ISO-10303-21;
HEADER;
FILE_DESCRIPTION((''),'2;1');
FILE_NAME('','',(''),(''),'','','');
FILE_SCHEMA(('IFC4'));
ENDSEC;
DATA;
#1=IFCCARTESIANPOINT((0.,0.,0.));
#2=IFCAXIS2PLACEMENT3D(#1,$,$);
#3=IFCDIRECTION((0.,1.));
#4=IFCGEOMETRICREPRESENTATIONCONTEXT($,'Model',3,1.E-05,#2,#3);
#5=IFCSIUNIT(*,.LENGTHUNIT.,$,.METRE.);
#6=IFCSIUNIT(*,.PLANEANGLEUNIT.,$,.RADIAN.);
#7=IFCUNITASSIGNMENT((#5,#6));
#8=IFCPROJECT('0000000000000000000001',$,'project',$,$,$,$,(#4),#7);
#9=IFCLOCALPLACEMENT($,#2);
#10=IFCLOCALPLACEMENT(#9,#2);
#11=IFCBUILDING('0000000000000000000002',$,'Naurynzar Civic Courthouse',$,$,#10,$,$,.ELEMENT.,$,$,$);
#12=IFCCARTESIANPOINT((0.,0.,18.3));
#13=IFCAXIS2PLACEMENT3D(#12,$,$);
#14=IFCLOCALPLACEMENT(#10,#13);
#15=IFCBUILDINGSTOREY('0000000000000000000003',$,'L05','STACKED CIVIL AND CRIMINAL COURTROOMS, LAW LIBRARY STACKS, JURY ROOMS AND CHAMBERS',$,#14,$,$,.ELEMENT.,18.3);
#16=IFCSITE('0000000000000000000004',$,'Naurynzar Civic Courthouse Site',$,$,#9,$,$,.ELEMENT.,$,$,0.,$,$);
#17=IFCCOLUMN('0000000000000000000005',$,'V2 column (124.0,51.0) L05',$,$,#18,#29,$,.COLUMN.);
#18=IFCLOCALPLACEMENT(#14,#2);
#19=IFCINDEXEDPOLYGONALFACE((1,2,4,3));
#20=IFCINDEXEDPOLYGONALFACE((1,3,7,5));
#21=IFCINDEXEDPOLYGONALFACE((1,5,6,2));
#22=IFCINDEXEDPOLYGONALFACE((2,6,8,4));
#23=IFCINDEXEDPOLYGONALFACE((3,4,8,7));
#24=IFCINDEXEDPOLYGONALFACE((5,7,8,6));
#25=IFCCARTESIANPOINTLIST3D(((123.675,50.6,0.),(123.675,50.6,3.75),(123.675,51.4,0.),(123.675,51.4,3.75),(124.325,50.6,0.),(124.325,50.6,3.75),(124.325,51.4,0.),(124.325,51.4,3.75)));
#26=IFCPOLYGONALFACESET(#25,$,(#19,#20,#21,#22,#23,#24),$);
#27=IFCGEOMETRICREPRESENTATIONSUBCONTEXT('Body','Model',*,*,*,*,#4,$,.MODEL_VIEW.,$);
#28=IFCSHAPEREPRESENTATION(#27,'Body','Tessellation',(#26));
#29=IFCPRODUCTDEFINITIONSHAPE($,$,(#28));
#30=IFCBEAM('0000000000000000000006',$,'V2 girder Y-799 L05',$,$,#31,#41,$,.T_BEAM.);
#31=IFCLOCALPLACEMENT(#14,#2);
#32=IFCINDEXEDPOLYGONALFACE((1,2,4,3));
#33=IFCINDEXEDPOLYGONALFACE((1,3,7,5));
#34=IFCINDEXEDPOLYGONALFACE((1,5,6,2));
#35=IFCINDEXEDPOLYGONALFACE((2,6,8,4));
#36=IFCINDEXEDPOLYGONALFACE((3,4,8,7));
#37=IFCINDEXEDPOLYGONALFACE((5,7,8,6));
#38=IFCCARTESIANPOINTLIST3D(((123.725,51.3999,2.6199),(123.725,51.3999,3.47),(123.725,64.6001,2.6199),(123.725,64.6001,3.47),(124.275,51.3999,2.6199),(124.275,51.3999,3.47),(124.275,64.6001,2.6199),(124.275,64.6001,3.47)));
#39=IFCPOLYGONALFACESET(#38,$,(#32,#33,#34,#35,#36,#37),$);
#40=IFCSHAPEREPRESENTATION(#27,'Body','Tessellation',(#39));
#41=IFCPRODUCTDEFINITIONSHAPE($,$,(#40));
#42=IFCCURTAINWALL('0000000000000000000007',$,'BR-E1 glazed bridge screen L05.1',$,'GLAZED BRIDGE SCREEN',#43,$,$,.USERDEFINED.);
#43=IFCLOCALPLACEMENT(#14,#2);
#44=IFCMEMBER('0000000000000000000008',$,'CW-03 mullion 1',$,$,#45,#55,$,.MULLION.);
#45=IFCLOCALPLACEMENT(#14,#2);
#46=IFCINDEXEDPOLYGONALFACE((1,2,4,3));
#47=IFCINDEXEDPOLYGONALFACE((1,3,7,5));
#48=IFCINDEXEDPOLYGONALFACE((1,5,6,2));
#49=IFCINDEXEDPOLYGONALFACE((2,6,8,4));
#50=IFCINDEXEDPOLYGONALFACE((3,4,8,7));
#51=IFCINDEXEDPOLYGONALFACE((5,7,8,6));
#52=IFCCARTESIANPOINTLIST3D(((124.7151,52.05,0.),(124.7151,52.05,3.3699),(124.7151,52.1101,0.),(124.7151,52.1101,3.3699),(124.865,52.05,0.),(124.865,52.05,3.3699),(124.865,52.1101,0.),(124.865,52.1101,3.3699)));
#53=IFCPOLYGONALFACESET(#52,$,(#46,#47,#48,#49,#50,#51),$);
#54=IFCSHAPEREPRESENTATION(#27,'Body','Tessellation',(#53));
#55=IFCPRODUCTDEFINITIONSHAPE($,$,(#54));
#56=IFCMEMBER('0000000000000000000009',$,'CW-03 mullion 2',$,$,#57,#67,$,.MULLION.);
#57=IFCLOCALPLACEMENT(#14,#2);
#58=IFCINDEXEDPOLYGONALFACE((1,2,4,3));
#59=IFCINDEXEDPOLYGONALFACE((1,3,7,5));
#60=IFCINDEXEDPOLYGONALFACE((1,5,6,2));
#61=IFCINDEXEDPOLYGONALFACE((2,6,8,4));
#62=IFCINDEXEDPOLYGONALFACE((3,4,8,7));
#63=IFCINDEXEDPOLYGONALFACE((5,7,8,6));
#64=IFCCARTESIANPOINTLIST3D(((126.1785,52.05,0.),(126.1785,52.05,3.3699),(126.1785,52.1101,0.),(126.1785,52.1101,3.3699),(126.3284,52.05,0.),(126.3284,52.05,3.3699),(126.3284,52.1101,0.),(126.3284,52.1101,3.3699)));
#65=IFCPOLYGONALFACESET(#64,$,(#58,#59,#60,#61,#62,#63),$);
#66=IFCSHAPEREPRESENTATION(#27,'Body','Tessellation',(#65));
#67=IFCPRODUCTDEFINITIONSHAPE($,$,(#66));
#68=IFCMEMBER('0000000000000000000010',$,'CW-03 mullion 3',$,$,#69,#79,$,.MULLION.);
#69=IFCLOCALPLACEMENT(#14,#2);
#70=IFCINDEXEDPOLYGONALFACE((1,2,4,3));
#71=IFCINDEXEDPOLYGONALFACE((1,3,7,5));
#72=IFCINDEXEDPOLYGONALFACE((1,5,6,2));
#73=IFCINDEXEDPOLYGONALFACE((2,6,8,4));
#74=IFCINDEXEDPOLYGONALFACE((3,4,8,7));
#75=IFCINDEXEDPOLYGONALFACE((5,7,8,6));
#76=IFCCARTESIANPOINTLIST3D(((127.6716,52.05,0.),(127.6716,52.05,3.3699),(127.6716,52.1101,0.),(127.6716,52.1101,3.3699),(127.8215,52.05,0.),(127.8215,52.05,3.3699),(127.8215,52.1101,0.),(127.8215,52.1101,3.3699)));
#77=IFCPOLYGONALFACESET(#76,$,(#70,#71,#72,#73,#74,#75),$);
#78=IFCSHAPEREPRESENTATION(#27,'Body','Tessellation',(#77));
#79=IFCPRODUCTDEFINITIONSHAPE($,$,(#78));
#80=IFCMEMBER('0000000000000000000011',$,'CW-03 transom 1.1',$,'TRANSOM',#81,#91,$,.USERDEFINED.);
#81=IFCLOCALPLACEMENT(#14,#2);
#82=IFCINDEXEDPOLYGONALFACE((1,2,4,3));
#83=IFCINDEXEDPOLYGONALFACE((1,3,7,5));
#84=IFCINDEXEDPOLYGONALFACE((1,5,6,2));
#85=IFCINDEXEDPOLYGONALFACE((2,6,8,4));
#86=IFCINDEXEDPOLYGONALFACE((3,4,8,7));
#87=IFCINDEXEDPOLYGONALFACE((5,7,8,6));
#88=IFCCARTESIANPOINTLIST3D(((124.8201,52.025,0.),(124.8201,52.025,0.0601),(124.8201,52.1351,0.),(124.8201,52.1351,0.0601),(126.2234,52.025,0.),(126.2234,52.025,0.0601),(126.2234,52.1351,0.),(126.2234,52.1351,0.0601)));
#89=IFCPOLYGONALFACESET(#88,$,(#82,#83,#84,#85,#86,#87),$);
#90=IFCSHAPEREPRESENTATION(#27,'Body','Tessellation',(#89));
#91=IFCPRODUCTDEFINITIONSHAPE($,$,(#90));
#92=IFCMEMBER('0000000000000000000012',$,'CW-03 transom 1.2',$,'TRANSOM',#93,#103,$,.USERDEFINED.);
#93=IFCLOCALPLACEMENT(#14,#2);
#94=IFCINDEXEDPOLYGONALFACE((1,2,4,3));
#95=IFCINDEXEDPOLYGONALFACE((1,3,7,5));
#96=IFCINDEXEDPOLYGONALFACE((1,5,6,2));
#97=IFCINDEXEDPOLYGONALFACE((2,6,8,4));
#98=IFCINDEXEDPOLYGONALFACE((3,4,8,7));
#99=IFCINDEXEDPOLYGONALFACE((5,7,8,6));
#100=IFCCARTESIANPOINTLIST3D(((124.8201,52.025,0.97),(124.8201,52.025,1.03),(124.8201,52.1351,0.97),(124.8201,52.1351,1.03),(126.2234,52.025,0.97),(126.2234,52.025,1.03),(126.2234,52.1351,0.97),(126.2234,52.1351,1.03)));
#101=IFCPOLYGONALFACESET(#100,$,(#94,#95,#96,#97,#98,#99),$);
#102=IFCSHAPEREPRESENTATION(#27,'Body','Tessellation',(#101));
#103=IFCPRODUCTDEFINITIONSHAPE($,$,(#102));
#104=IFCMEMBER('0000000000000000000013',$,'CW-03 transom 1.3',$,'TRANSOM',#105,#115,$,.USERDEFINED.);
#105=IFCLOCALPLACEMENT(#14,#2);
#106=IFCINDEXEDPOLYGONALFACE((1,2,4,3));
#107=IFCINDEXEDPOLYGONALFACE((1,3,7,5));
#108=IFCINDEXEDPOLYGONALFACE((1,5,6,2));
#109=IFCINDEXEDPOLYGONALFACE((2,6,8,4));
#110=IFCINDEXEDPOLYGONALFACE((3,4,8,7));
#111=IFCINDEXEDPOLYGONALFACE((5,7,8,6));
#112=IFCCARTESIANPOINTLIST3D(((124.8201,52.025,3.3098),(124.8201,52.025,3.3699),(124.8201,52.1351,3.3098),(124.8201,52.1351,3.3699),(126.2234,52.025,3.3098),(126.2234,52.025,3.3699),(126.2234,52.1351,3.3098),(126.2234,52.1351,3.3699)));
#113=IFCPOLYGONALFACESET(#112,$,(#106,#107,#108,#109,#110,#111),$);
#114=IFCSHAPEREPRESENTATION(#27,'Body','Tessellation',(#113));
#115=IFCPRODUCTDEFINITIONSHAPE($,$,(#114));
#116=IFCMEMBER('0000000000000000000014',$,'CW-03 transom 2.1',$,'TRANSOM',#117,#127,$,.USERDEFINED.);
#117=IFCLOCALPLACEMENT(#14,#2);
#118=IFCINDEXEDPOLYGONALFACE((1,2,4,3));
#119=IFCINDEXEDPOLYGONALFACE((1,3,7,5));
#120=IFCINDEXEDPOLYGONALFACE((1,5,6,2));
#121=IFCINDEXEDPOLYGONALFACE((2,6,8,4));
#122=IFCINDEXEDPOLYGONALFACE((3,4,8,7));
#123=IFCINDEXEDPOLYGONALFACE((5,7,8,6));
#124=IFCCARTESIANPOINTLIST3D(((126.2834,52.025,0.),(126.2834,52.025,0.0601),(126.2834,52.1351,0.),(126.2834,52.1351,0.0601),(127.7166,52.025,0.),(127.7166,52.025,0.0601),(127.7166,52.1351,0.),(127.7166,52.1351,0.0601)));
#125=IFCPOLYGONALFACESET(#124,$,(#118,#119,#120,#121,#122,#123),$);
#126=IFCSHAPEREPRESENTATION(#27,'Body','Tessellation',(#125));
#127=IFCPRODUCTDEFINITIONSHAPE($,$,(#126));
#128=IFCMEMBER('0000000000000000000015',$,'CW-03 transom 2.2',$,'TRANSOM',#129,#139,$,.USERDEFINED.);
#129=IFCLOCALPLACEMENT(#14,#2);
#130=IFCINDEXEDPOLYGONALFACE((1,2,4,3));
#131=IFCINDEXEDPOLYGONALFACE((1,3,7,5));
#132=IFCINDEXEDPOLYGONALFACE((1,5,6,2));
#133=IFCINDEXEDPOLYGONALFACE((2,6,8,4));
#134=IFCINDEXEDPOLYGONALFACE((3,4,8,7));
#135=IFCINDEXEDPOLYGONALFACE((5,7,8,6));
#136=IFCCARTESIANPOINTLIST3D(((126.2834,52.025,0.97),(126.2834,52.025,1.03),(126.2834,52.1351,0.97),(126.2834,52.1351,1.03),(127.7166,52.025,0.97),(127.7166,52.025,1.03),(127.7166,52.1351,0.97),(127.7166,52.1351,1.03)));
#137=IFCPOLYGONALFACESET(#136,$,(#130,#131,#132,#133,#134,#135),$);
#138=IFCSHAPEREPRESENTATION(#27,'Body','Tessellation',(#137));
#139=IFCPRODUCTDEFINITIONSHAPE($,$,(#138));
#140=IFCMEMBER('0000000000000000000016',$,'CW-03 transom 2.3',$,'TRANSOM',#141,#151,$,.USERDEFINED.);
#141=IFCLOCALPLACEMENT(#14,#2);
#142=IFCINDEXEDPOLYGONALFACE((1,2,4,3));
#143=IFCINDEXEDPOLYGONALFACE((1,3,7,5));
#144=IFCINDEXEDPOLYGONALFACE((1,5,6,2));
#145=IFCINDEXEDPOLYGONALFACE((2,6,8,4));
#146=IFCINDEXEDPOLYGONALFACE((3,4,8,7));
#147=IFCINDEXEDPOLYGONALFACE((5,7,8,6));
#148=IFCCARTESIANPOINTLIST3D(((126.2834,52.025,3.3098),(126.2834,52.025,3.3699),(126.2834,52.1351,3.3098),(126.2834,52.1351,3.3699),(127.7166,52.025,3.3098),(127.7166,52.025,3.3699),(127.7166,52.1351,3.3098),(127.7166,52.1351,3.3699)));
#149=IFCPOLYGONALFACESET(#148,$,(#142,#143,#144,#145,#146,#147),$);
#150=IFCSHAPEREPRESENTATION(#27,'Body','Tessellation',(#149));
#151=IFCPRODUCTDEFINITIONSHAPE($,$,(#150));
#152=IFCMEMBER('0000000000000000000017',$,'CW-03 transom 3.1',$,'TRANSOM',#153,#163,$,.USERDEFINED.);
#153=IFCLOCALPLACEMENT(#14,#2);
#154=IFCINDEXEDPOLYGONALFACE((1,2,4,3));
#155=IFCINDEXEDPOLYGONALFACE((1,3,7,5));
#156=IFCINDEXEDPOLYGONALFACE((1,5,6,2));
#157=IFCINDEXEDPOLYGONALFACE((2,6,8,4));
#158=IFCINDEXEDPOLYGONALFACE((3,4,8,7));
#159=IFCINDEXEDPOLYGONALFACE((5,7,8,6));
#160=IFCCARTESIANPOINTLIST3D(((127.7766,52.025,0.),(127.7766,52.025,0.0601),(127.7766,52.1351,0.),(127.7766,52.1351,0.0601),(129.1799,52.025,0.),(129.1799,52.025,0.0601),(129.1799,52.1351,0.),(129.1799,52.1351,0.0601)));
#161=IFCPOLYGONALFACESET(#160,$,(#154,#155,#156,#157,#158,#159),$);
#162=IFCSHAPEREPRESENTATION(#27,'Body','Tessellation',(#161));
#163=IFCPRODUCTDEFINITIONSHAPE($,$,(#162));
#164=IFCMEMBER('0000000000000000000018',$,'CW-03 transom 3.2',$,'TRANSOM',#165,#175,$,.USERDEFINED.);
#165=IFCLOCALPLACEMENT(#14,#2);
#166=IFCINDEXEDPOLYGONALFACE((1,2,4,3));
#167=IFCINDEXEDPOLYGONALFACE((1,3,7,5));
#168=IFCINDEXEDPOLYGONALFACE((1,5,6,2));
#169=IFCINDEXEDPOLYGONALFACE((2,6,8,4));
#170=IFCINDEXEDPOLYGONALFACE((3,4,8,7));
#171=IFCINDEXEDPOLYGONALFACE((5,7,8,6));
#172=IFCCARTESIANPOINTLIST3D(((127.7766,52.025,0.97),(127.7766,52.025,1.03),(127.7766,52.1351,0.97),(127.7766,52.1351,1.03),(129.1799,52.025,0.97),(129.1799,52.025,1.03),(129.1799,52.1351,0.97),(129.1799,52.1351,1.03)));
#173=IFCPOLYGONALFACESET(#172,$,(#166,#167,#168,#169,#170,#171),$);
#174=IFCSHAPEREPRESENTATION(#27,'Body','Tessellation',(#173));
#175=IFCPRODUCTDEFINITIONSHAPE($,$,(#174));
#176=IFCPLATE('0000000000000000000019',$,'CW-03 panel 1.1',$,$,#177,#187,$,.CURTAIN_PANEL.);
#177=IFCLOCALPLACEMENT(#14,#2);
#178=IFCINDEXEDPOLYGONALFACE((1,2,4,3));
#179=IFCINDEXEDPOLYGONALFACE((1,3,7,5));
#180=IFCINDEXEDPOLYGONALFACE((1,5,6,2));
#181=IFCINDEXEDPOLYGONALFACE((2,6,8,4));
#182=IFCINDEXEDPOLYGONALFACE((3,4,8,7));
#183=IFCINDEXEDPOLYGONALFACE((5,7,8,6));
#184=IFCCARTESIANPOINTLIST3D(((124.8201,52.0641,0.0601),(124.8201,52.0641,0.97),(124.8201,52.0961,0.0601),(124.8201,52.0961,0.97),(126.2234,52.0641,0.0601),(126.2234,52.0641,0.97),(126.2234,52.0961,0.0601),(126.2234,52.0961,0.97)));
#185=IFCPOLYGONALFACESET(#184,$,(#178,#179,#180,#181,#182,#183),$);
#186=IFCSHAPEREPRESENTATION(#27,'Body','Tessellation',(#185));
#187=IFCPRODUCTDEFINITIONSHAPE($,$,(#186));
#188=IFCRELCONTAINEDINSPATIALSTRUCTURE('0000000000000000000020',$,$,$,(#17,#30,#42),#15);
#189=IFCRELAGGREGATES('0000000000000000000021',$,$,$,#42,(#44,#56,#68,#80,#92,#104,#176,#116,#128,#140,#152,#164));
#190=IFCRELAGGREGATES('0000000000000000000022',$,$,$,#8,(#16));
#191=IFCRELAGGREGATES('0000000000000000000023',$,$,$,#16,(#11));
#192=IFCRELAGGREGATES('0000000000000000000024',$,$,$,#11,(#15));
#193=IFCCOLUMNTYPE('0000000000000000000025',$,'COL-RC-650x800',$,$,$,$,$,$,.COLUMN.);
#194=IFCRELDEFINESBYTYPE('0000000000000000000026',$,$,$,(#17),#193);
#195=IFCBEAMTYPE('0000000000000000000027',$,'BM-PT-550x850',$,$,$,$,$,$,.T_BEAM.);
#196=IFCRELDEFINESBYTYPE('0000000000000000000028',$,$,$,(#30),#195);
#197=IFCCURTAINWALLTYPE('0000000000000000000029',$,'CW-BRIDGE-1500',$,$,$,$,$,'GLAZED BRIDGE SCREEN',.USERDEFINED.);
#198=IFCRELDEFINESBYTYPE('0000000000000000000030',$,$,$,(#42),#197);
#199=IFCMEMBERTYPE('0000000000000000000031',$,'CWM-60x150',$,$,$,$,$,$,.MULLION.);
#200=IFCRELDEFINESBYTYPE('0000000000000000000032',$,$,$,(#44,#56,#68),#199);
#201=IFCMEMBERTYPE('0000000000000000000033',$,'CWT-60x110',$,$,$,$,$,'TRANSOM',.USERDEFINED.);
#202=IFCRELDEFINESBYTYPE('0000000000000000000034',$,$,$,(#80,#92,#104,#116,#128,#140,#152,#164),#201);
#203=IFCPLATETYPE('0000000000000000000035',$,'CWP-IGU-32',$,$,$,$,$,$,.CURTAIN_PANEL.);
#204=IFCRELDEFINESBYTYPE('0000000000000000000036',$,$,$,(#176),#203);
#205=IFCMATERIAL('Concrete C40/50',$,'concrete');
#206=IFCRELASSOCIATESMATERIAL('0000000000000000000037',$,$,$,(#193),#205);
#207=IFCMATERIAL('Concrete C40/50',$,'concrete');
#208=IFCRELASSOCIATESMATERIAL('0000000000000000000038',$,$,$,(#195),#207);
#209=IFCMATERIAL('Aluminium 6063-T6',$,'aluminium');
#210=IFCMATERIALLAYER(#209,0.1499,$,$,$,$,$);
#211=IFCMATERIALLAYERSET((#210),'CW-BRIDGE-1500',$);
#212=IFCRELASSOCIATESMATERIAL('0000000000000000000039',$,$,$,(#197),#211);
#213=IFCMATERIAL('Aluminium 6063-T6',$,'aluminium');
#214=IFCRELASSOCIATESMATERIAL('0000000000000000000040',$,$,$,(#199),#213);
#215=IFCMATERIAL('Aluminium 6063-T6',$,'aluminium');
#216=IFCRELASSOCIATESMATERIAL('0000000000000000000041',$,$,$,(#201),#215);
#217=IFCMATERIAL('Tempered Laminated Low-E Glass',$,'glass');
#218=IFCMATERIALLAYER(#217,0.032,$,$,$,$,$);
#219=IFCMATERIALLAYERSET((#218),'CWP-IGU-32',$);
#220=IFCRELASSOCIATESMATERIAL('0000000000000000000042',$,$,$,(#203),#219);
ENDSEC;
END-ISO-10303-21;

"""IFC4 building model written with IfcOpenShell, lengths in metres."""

from ifc_helpers import new_model, si_unit, direction, frame, origin, origin_2d, place, context, subcontext, project, spatial, rectangle, extrude, material, layer, layer_set, material_profile, profile_set, type_object, element, aggregate, save


model = new_model("IFC4")

# Units and contexts
model_context = context("Model", 3, precision=1e-05, world=origin(), true_north=direction((0.0, 1.0)))
body_context = subcontext(model_context, "Body", "Model", "MODEL_VIEW")
ifc_project = project(units=[si_unit("LENGTHUNIT", "METRE"), si_unit("PLANEANGLEUNIT", "RADIAN")], contexts=[model_context])

# Site, building, storey
site_placement = place(None, origin())
site = spatial("IfcSite", under=ifc_project, at=site_placement, Name="Naurynzar Civic Courthouse Site", CompositionType="ELEMENT", RefElevation=0.0)
building_placement = place(site_placement, origin())
building = spatial("IfcBuilding", under=site, at=building_placement, Name="Naurynzar Civic Courthouse", CompositionType="ELEMENT")
storey_placement = place(building_placement, frame((0.0, 0.0, 18.3)))
storey = spatial("IfcBuildingStorey", under=building, at=storey_placement, Name="L05", Description="STACKED CIVIL AND CRIMINAL COURTROOMS, LAW LIBRARY STACKS, JURY ROOMS AND CHAMBERS", CompositionType="ELEMENT", Elevation=18.3)

# Column
ifc_material_1 = material(Name="Concrete C40/50", Category="concrete")
ifc_material_profile_1 = material_profile(ifc_material_1, rectangle(XDim=0.6499, YDim=0.8, at=origin_2d()), Name="RC 650x800")
ifc_profile_set_1 = profile_set([ifc_material_profile_1], Name="Concrete C40/50")
column_type = type_object("IfcColumnType", Name="COL-RC-650x800", PredefinedType="COLUMN", material=ifc_profile_set_1)
column_placement = place(storey_placement, frame((124.0, 51.0, 0.0), z_axis=(0.0, 0.0, 1.0), x_axis=(1.0, 0.0, 0.0)))
element("IfcColumn", 1, at=column_placement, inside=storey, type_object=column_type, Name="V2 column (124.0,51.0) L05", PredefinedType="COLUMN", context=body_context, shape_type="SweptSolid", body=[
    extrude(rectangle(XDim=0.6499, YDim=0.8, at=origin_2d()), origin(), (0.0, 0.0, 1.0), 3.75),
])

# Beam
ifc_material_2 = material(Name="Concrete C40/50", Category="concrete")
ifc_material_profile_2 = material_profile(ifc_material_2, rectangle(XDim=0.55, YDim=0.8501, at=origin_2d()), Name="PTB 550x850")
ifc_profile_set_2 = profile_set([ifc_material_profile_2], Name="Concrete C40/50")
beam_type = type_object("IfcBeamType", Name="BM-PT-550x850", PredefinedType="T_BEAM", material=ifc_profile_set_2)
beam_placement = place(storey_placement, frame((124.0, 51.3999, 3.0449), z_axis=(0.0, 1.0, 0.0), x_axis=(-1.0, 0.0, 0.0)))
element("IfcBeam", 2, at=beam_placement, inside=storey, type_object=beam_type, Name="V2 girder Y-799 L05", PredefinedType="T_BEAM", context=body_context, shape_type="SweptSolid", body=[
    extrude(rectangle(XDim=0.55, YDim=0.8501, at=origin_2d()), origin(), (0.0, 0.0, 1.0), 13.2002),
])

# Curtain wall, members, plate
ifc_material_3 = material(Name="Aluminium 6063-T6", Category="aluminium")
ifc_layer_1 = layer(ifc_material_3, 0.1499)
ifc_layer_set_1 = layer_set([ifc_layer_1], Name="CW-BRIDGE-1500")
curtain_wall_type = type_object("IfcCurtainWallType", Name="CW-BRIDGE-1500", ElementType="GLAZED BRIDGE SCREEN", PredefinedType="USERDEFINED", material=ifc_layer_set_1)
curtain_wall_placement = place(storey_placement, origin())
curtain_wall = element("IfcCurtainWall", 3, at=curtain_wall_placement, inside=storey, type_object=curtain_wall_type, Name="BR-E1 glazed bridge screen L05.1", ObjectType="GLAZED BRIDGE SCREEN", PredefinedType="USERDEFINED")
ifc_material_4 = material(Name="Aluminium 6063-T6", Category="aluminium")
ifc_material_profile_3 = material_profile(ifc_material_4, rectangle(XDim=0.0601, YDim=0.1499, at=origin_2d()), Name="ALU MULLION 60x150")
ifc_profile_set_3 = profile_set([ifc_material_profile_3], Name="Aluminium 6063-T6")
member_type_1 = type_object("IfcMemberType", Name="CWM-60x150", PredefinedType="MULLION", material=ifc_profile_set_3)
member_1_placement = place(storey_placement, frame((124.79, 52.0801, 0.0), z_axis=(0.0, 0.0, 1.0), x_axis=(0.0, 1.0, 0.0)))
member_1 = element("IfcMember", 4, at=member_1_placement, type_object=member_type_1, Name="CW-03 mullion 1", PredefinedType="MULLION", context=body_context, shape_type="SweptSolid", body=[
    extrude(rectangle(XDim=0.0601, YDim=0.1499, at=origin_2d()), origin(), (0.0, 0.0, 1.0), 3.3699),
])
member_2_placement = place(storey_placement, frame((126.2534, 52.0801, 0.0), z_axis=(0.0, 0.0, 1.0), x_axis=(0.0, 1.0, 0.0)))
member_2 = element("IfcMember", 5, at=member_2_placement, type_object=member_type_1, Name="CW-03 mullion 2", PredefinedType="MULLION", context=body_context, shape_type="SweptSolid", body=[
    extrude(rectangle(XDim=0.0601, YDim=0.1499, at=origin_2d()), origin(), (0.0, 0.0, 1.0), 3.3699),
])
member_3_placement = place(storey_placement, frame((127.7466, 52.0801, 0.0), z_axis=(0.0, 0.0, 1.0), x_axis=(0.0, 1.0, 0.0)))
member_3 = element("IfcMember", 6, at=member_3_placement, type_object=member_type_1, Name="CW-03 mullion 3", PredefinedType="MULLION", context=body_context, shape_type="SweptSolid", body=[
    extrude(rectangle(XDim=0.0601, YDim=0.1499, at=origin_2d()), origin(), (0.0, 0.0, 1.0), 3.3699),
])
ifc_material_5 = material(Name="Aluminium 6063-T6", Category="aluminium")
ifc_material_profile_4 = material_profile(ifc_material_5, rectangle(XDim=0.1101, YDim=0.0601, at=origin_2d()), Name="ALU TRANSOM 60x110")
ifc_profile_set_4 = profile_set([ifc_material_profile_4], Name="Aluminium 6063-T6")
member_type_2 = type_object("IfcMemberType", Name="CWT-60x110", ElementType="TRANSOM", PredefinedType="USERDEFINED", material=ifc_profile_set_4)
member_4_placement = place(storey_placement, frame((124.8201, 52.0801, 0.03), z_axis=(1.0, 0.0, 0.0), x_axis=(0.0, 1.0, 0.0)))
member_4 = element("IfcMember", 7, at=member_4_placement, type_object=member_type_2, Name="CW-03 transom 1.1", ObjectType="TRANSOM", PredefinedType="USERDEFINED", context=body_context, shape_type="SweptSolid", body=[
    extrude(rectangle(XDim=0.1101, YDim=0.0601, at=origin_2d()), origin(), (0.0, 0.0, 1.0), 1.4033),
])
member_5_placement = place(storey_placement, frame((124.8201, 52.0801, 1.0), z_axis=(1.0, 0.0, 0.0), x_axis=(0.0, 1.0, 0.0)))
member_5 = element("IfcMember", 8, at=member_5_placement, type_object=member_type_2, Name="CW-03 transom 1.2", ObjectType="TRANSOM", PredefinedType="USERDEFINED", context=body_context, shape_type="SweptSolid", body=[
    extrude(rectangle(XDim=0.1101, YDim=0.0601, at=origin_2d()), origin(), (0.0, 0.0, 1.0), 1.4033),
])
member_6_placement = place(storey_placement, frame((124.8201, 52.0801, 3.3398), z_axis=(1.0, 0.0, 0.0), x_axis=(0.0, 1.0, 0.0)))
member_6 = element("IfcMember", 9, at=member_6_placement, type_object=member_type_2, Name="CW-03 transom 1.3", ObjectType="TRANSOM", PredefinedType="USERDEFINED", context=body_context, shape_type="SweptSolid", body=[
    extrude(rectangle(XDim=0.1101, YDim=0.0601, at=origin_2d()), origin(), (0.0, 0.0, 1.0), 1.4033),
])
member_7_placement = place(storey_placement, frame((126.2834, 52.0801, 0.03), z_axis=(1.0, 0.0, 0.0), x_axis=(0.0, 1.0, 0.0)))
member_7 = element("IfcMember", 10, at=member_7_placement, type_object=member_type_2, Name="CW-03 transom 2.1", ObjectType="TRANSOM", PredefinedType="USERDEFINED", context=body_context, shape_type="SweptSolid", body=[
    extrude(rectangle(XDim=0.1101, YDim=0.0601, at=origin_2d()), origin(), (0.0, 0.0, 1.0), 1.4331),
])
member_8_placement = place(storey_placement, frame((126.2834, 52.0801, 1.0), z_axis=(1.0, 0.0, 0.0), x_axis=(0.0, 1.0, 0.0)))
member_8 = element("IfcMember", 11, at=member_8_placement, type_object=member_type_2, Name="CW-03 transom 2.2", ObjectType="TRANSOM", PredefinedType="USERDEFINED", context=body_context, shape_type="SweptSolid", body=[
    extrude(rectangle(XDim=0.1101, YDim=0.0601, at=origin_2d()), origin(), (0.0, 0.0, 1.0), 1.4331),
])
member_9_placement = place(storey_placement, frame((126.2834, 52.0801, 3.3398), z_axis=(1.0, 0.0, 0.0), x_axis=(0.0, 1.0, 0.0)))
member_9 = element("IfcMember", 12, at=member_9_placement, type_object=member_type_2, Name="CW-03 transom 2.3", ObjectType="TRANSOM", PredefinedType="USERDEFINED", context=body_context, shape_type="SweptSolid", body=[
    extrude(rectangle(XDim=0.1101, YDim=0.0601, at=origin_2d()), origin(), (0.0, 0.0, 1.0), 1.4331),
])
member_10_placement = place(storey_placement, frame((127.7766, 52.0801, 0.03), z_axis=(1.0, 0.0, 0.0), x_axis=(0.0, 1.0, 0.0)))
member_10 = element("IfcMember", 13, at=member_10_placement, type_object=member_type_2, Name="CW-03 transom 3.1", ObjectType="TRANSOM", PredefinedType="USERDEFINED", context=body_context, shape_type="SweptSolid", body=[
    extrude(rectangle(XDim=0.1101, YDim=0.0601, at=origin_2d()), origin(), (0.0, 0.0, 1.0), 1.4033),
])
member_11_placement = place(storey_placement, frame((127.7766, 52.0801, 1.0), z_axis=(1.0, 0.0, 0.0), x_axis=(0.0, 1.0, 0.0)))
member_11 = element("IfcMember", 14, at=member_11_placement, type_object=member_type_2, Name="CW-03 transom 3.2", ObjectType="TRANSOM", PredefinedType="USERDEFINED", context=body_context, shape_type="SweptSolid", body=[
    extrude(rectangle(XDim=0.1101, YDim=0.0601, at=origin_2d()), origin(), (0.0, 0.0, 1.0), 1.4033),
])
ifc_material_6 = material(Name="Tempered Laminated Low-E Glass", Category="glass")
ifc_layer_2 = layer(ifc_material_6, 0.032)
ifc_layer_set_2 = layer_set([ifc_layer_2], Name="CWP-IGU-32")
plate_type = type_object("IfcPlateType", Name="CWP-IGU-32", PredefinedType="CURTAIN_PANEL", material=ifc_layer_set_2)
plate_1_placement = place(storey_placement, frame((125.5217, 52.0801, 0.0601), z_axis=(0.0, 0.0, 1.0), x_axis=(1.0, 0.0, 0.0)))
plate_1 = element("IfcPlate", 15, at=plate_1_placement, type_object=plate_type, Name="CW-03 panel 1.1", PredefinedType="CURTAIN_PANEL", context=body_context, shape_type="SweptSolid", body=[
    extrude(rectangle(XDim=1.4033, YDim=0.032, at=origin_2d()), origin(), (0.0, 0.0, 1.0), 0.9099),
])
aggregate(curtain_wall, [member_1, member_2, member_3, member_4, member_5, member_6, plate_1, member_7, member_8, member_9, member_10, member_11])

save(model, "model.ifc")
